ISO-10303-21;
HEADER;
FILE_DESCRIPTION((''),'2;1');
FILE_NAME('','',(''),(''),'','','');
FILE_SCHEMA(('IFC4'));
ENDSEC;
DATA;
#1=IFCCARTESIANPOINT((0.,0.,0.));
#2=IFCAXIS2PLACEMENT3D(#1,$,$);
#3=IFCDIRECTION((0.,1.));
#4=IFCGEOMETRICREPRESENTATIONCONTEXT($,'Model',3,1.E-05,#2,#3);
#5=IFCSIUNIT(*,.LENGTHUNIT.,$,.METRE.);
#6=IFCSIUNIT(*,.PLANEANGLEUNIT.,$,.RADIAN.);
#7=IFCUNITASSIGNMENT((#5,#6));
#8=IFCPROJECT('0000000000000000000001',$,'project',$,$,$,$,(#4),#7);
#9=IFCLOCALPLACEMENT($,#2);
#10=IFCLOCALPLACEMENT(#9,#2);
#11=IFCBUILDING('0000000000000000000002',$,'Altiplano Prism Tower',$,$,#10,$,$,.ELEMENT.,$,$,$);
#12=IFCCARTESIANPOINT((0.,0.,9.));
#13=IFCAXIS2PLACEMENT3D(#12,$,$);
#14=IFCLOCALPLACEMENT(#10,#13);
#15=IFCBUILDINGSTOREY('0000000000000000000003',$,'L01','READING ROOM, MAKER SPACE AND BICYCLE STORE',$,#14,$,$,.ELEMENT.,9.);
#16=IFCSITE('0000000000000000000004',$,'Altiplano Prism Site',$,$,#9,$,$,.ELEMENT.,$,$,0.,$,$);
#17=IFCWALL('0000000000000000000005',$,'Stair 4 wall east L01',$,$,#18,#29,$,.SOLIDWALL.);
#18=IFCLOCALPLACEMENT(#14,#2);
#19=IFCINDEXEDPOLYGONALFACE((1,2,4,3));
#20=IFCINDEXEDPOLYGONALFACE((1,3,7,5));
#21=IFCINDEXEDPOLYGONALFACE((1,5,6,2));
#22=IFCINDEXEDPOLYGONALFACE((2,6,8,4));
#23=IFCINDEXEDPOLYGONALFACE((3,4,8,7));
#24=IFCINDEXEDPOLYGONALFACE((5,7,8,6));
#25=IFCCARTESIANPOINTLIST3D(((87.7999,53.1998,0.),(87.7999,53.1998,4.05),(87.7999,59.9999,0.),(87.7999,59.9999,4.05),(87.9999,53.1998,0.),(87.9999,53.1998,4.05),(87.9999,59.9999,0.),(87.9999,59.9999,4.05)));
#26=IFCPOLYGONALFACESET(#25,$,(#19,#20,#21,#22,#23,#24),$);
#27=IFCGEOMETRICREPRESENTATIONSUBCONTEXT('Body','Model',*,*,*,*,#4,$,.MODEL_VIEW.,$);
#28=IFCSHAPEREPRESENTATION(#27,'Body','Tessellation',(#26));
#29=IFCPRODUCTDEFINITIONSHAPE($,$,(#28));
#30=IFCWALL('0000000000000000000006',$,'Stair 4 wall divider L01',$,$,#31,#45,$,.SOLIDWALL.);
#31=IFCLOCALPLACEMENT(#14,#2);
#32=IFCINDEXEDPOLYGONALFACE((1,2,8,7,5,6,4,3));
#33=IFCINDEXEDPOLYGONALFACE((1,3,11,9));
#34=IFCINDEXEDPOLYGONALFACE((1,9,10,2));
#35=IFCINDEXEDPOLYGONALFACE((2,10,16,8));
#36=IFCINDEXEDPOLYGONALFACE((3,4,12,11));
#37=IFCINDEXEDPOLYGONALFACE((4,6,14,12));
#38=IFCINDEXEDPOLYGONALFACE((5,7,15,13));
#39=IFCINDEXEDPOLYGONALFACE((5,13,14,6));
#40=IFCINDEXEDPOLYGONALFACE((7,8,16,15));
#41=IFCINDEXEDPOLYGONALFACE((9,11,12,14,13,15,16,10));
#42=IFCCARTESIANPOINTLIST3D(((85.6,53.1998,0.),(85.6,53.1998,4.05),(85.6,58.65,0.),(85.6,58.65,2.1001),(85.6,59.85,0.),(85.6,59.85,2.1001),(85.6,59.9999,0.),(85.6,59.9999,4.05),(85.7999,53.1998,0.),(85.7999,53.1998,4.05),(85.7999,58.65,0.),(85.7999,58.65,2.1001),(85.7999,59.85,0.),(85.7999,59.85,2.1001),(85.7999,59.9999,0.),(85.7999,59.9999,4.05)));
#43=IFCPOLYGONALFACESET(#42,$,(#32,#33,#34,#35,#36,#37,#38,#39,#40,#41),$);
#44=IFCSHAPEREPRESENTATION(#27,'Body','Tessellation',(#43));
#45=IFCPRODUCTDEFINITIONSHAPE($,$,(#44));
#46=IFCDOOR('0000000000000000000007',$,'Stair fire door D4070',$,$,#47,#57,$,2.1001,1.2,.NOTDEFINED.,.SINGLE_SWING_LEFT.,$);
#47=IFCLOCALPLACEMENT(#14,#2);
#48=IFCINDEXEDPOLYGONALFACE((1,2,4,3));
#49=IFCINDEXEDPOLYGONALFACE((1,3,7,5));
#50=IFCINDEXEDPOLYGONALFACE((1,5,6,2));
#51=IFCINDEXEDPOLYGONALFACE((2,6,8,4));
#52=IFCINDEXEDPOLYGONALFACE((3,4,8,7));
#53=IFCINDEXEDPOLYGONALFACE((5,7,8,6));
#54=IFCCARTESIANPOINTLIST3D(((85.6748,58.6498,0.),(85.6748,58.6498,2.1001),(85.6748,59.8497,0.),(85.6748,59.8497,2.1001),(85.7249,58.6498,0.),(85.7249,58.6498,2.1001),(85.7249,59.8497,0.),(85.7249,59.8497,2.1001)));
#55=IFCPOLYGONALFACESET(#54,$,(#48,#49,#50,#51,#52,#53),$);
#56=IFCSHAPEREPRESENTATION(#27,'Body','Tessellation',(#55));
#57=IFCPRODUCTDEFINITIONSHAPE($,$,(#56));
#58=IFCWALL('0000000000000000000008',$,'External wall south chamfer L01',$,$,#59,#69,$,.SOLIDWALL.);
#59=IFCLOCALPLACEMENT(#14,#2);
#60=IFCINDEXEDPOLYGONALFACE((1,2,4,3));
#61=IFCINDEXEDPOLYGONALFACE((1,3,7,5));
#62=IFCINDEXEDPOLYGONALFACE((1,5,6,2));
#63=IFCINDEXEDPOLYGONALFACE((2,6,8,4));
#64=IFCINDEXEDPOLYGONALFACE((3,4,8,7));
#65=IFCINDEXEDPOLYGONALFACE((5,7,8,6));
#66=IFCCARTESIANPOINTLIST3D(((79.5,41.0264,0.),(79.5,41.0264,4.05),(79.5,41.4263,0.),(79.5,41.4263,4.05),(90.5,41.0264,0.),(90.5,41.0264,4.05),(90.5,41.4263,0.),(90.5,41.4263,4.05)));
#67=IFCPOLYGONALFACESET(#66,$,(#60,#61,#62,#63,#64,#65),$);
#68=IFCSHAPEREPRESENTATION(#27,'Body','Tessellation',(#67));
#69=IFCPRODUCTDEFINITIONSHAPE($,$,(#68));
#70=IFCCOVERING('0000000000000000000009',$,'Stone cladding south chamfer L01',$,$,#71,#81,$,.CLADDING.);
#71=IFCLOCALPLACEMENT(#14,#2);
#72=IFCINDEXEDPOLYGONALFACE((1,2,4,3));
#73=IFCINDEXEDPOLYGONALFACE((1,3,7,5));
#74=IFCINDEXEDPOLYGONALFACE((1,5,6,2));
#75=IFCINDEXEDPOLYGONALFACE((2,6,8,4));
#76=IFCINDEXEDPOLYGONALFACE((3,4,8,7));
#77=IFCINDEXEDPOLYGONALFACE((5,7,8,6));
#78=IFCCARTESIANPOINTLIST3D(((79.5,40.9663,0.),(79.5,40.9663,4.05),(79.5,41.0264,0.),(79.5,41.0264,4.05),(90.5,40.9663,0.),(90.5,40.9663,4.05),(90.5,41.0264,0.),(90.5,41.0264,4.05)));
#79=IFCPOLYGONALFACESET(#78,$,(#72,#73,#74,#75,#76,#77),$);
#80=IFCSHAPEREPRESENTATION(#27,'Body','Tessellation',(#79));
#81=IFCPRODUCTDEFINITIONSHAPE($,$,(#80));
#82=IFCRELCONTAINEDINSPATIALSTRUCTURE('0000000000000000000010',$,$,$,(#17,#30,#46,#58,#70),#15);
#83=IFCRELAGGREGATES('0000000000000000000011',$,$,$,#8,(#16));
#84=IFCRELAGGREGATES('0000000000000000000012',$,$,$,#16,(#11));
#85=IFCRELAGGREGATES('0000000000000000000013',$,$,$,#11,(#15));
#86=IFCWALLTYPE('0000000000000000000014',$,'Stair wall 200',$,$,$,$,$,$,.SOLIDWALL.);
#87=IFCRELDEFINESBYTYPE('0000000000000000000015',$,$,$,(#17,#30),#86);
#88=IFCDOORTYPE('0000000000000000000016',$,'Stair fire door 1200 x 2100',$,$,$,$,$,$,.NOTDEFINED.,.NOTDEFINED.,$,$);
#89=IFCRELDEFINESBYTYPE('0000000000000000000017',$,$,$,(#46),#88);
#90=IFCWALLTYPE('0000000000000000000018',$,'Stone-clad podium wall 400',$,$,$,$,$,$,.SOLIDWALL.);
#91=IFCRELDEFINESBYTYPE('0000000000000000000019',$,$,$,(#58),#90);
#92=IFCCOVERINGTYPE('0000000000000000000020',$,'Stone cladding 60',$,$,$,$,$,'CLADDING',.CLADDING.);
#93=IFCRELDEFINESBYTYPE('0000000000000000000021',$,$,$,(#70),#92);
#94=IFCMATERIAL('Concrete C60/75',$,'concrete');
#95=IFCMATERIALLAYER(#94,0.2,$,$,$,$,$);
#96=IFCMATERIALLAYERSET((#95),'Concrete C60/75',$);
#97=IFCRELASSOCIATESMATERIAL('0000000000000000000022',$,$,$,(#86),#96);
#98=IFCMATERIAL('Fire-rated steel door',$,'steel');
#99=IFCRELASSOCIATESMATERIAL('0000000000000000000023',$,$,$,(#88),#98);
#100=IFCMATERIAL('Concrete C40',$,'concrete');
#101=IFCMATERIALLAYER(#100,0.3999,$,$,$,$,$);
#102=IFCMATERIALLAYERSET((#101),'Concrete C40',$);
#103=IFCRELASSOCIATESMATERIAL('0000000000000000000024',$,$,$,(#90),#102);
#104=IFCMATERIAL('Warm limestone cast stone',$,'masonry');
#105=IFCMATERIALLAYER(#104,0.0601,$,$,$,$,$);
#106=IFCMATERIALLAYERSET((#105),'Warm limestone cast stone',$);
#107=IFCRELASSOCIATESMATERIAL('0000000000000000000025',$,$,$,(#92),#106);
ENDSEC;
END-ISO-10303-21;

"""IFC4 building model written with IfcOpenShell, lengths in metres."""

from ifc_helpers import new_model, si_unit, direction, frame, frame_2d, origin, place, context, subcontext, project, spatial, rectangle, extrude, material, layer, layer_set, type_object, element, fill, save


model = new_model("IFC4")

# Units and contexts
model_context = context("Model", 3, precision=1e-05, world=origin(), true_north=direction((0.0, 1.0)))
body_context = subcontext(model_context, "Body", "Model", "MODEL_VIEW")
ifc_project = project(units=[si_unit("LENGTHUNIT", "METRE"), si_unit("PLANEANGLEUNIT", "RADIAN")], contexts=[model_context])

# Site, building, storey
site_placement = place(None, origin())
site = spatial("IfcSite", under=ifc_project, at=site_placement, Name="Altiplano Prism Site", CompositionType="ELEMENT", RefElevation=0.0)
building_placement = place(site_placement, origin())
building = spatial("IfcBuilding", under=site, at=building_placement, Name="Altiplano Prism Tower", CompositionType="ELEMENT")
storey_placement = place(building_placement, frame((0.0, 0.0, 9.0)))
storey = spatial("IfcBuildingStorey", under=building, at=storey_placement, Name="L01", Description="READING ROOM, MAKER SPACE AND BICYCLE STORE", CompositionType="ELEMENT", Elevation=9.0)

# Shared definitions
ifc_material_1 = material(Name="Concrete C60/75", Category="concrete")

# Wall
ifc_layer_1 = layer(ifc_material_1, 0.2)
ifc_layer_set_1 = layer_set([ifc_layer_1], Name="Concrete C60/75")
wall_type_1 = type_object("IfcWallType", Name="Stair wall 200", PredefinedType="SOLIDWALL", material=ifc_layer_set_1)
wall_1_placement = place(storey_placement, frame((87.8999, 53.2, 0.0), z_axis=(0.0, 0.0, 1.0), x_axis=(0.0, 1.0, 0.0)))
element("IfcWall", 1, at=wall_1_placement, inside=storey, type_object=wall_type_1, Name="Stair 4 wall east L01", PredefinedType="SOLIDWALL", context=body_context, shape_type="SweptSolid", body=[
    extrude(rectangle(XDim=6.8, YDim=0.2, at=frame_2d((3.3999, 0.0))), origin(), (0.0, 0.0, 1.0), 4.05),
])

# Wall, opening, door
wall_2_placement = place(storey_placement, frame((85.7, 53.2, 0.0), z_axis=(0.0, 0.0, 1.0), x_axis=(0.0, 1.0, 0.0)))
wall_2 = element("IfcWall", 2, at=wall_2_placement, inside=storey, type_object=wall_type_1, Name="Stair 4 wall divider L01", PredefinedType="SOLIDWALL", context=body_context, shape_type="SweptSolid", body=[
    extrude(rectangle(XDim=6.8, YDim=0.2, at=frame_2d((3.3999, 0.0))), origin(), (0.0, 0.0, 1.0), 4.05),
])
opening_1_placement = place(wall_2_placement, frame((5.45, 0.0, 0.0)))
opening_1 = element("IfcOpeningElement", 3, at=opening_1_placement, cuts=wall_2, PredefinedType="OPENING", context=body_context, shape_type="SweptSolid", body=[
    extrude(rectangle(XDim=1.2, YDim=2.1001, at=frame_2d((0.6001, 1.05))), frame((0.0, 0.1104, 0.0), z_axis=(0.0, -1.0, 0.0), x_axis=(1.0, 0.0, 0.0)), (0.0, 0.0, 1.0), 0.2209),
])
ifc_material_2 = material(Name="Fire-rated steel door", Category="steel")
door_type_1 = type_object("IfcDoorType", Name="Stair fire door 1200 x 2100", OperationType="NOTDEFINED", PredefinedType="NOTDEFINED", material=ifc_material_2)
door_1_placement = place(opening_1_placement, frame((1.2, 0.0, 0.0), z_axis=(0.0, 0.0, 1.0), x_axis=(-1.0, 0.0, 0.0)))
door_1 = element("IfcDoor", 4, at=door_1_placement, inside=storey, type_object=door_type_1, Name="Stair fire door D4070", OperationType="SINGLE_SWING_LEFT", OverallHeight=2.1001, OverallWidth=1.2, PredefinedType="NOTDEFINED", context=body_context, shape_type="SweptSolid", body=[
    extrude(rectangle(XDim=1.2, YDim=2.1001, at=frame_2d((0.6001, 1.05))), frame((0.0, 0.0249, 0.0), z_axis=(0.0, -1.0, 0.0), x_axis=(1.0, 0.0, 0.0)), (0.0, 0.0, 1.0), 0.05),
])
fill(opening_1, door_1)

# Wall
ifc_material_3 = material(Name="Concrete C40", Category="concrete")
ifc_layer_2 = layer(ifc_material_3, 0.3999)
ifc_layer_set_2 = layer_set([ifc_layer_2], Name="Concrete C40")
wall_type_2 = type_object("IfcWallType", Name="Stone-clad podium wall 400", PredefinedType="SOLIDWALL", material=ifc_layer_set_2)
wall_3_placement = place(storey_placement, frame((90.5, 41.2263, 0.0), z_axis=(0.0, 0.0, 1.0), x_axis=(-1.0, 0.0, 0.0)))
element("IfcWall", 5, at=wall_3_placement, inside=storey, type_object=wall_type_2, Name="External wall south chamfer L01", PredefinedType="SOLIDWALL", context=body_context, shape_type="SweptSolid", body=[
    extrude(rectangle(XDim=11.0, YDim=0.3999, at=frame_2d((5.5, 0.0))), origin(), (0.0, 0.0, 1.0), 4.05),
])

# Covering
ifc_material_4 = material(Name="Warm limestone cast stone", Category="masonry")
ifc_layer_3 = layer(ifc_material_4, 0.0601)
ifc_layer_set_3 = layer_set([ifc_layer_3], Name="Warm limestone cast stone")
covering_type = type_object("IfcCoveringType", Name="Stone cladding 60", ElementType="CLADDING", PredefinedType="CLADDING", material=ifc_layer_set_3)
covering_placement = place(storey_placement, frame((90.5, 40.9963, 0.0), z_axis=(0.0, 0.0, 1.0), x_axis=(-1.0, 0.0, 0.0)))
element("IfcCovering", 6, at=covering_placement, inside=storey, type_object=covering_type, Name="Stone cladding south chamfer L01", PredefinedType="CLADDING", context=body_context, shape_type="SweptSolid", body=[
    extrude(rectangle(XDim=11.0, YDim=0.0601, at=frame_2d((5.5, 0.0))), origin(), (0.0, 0.0, 1.0), 4.05),
])

save(model, "model.ifc")
